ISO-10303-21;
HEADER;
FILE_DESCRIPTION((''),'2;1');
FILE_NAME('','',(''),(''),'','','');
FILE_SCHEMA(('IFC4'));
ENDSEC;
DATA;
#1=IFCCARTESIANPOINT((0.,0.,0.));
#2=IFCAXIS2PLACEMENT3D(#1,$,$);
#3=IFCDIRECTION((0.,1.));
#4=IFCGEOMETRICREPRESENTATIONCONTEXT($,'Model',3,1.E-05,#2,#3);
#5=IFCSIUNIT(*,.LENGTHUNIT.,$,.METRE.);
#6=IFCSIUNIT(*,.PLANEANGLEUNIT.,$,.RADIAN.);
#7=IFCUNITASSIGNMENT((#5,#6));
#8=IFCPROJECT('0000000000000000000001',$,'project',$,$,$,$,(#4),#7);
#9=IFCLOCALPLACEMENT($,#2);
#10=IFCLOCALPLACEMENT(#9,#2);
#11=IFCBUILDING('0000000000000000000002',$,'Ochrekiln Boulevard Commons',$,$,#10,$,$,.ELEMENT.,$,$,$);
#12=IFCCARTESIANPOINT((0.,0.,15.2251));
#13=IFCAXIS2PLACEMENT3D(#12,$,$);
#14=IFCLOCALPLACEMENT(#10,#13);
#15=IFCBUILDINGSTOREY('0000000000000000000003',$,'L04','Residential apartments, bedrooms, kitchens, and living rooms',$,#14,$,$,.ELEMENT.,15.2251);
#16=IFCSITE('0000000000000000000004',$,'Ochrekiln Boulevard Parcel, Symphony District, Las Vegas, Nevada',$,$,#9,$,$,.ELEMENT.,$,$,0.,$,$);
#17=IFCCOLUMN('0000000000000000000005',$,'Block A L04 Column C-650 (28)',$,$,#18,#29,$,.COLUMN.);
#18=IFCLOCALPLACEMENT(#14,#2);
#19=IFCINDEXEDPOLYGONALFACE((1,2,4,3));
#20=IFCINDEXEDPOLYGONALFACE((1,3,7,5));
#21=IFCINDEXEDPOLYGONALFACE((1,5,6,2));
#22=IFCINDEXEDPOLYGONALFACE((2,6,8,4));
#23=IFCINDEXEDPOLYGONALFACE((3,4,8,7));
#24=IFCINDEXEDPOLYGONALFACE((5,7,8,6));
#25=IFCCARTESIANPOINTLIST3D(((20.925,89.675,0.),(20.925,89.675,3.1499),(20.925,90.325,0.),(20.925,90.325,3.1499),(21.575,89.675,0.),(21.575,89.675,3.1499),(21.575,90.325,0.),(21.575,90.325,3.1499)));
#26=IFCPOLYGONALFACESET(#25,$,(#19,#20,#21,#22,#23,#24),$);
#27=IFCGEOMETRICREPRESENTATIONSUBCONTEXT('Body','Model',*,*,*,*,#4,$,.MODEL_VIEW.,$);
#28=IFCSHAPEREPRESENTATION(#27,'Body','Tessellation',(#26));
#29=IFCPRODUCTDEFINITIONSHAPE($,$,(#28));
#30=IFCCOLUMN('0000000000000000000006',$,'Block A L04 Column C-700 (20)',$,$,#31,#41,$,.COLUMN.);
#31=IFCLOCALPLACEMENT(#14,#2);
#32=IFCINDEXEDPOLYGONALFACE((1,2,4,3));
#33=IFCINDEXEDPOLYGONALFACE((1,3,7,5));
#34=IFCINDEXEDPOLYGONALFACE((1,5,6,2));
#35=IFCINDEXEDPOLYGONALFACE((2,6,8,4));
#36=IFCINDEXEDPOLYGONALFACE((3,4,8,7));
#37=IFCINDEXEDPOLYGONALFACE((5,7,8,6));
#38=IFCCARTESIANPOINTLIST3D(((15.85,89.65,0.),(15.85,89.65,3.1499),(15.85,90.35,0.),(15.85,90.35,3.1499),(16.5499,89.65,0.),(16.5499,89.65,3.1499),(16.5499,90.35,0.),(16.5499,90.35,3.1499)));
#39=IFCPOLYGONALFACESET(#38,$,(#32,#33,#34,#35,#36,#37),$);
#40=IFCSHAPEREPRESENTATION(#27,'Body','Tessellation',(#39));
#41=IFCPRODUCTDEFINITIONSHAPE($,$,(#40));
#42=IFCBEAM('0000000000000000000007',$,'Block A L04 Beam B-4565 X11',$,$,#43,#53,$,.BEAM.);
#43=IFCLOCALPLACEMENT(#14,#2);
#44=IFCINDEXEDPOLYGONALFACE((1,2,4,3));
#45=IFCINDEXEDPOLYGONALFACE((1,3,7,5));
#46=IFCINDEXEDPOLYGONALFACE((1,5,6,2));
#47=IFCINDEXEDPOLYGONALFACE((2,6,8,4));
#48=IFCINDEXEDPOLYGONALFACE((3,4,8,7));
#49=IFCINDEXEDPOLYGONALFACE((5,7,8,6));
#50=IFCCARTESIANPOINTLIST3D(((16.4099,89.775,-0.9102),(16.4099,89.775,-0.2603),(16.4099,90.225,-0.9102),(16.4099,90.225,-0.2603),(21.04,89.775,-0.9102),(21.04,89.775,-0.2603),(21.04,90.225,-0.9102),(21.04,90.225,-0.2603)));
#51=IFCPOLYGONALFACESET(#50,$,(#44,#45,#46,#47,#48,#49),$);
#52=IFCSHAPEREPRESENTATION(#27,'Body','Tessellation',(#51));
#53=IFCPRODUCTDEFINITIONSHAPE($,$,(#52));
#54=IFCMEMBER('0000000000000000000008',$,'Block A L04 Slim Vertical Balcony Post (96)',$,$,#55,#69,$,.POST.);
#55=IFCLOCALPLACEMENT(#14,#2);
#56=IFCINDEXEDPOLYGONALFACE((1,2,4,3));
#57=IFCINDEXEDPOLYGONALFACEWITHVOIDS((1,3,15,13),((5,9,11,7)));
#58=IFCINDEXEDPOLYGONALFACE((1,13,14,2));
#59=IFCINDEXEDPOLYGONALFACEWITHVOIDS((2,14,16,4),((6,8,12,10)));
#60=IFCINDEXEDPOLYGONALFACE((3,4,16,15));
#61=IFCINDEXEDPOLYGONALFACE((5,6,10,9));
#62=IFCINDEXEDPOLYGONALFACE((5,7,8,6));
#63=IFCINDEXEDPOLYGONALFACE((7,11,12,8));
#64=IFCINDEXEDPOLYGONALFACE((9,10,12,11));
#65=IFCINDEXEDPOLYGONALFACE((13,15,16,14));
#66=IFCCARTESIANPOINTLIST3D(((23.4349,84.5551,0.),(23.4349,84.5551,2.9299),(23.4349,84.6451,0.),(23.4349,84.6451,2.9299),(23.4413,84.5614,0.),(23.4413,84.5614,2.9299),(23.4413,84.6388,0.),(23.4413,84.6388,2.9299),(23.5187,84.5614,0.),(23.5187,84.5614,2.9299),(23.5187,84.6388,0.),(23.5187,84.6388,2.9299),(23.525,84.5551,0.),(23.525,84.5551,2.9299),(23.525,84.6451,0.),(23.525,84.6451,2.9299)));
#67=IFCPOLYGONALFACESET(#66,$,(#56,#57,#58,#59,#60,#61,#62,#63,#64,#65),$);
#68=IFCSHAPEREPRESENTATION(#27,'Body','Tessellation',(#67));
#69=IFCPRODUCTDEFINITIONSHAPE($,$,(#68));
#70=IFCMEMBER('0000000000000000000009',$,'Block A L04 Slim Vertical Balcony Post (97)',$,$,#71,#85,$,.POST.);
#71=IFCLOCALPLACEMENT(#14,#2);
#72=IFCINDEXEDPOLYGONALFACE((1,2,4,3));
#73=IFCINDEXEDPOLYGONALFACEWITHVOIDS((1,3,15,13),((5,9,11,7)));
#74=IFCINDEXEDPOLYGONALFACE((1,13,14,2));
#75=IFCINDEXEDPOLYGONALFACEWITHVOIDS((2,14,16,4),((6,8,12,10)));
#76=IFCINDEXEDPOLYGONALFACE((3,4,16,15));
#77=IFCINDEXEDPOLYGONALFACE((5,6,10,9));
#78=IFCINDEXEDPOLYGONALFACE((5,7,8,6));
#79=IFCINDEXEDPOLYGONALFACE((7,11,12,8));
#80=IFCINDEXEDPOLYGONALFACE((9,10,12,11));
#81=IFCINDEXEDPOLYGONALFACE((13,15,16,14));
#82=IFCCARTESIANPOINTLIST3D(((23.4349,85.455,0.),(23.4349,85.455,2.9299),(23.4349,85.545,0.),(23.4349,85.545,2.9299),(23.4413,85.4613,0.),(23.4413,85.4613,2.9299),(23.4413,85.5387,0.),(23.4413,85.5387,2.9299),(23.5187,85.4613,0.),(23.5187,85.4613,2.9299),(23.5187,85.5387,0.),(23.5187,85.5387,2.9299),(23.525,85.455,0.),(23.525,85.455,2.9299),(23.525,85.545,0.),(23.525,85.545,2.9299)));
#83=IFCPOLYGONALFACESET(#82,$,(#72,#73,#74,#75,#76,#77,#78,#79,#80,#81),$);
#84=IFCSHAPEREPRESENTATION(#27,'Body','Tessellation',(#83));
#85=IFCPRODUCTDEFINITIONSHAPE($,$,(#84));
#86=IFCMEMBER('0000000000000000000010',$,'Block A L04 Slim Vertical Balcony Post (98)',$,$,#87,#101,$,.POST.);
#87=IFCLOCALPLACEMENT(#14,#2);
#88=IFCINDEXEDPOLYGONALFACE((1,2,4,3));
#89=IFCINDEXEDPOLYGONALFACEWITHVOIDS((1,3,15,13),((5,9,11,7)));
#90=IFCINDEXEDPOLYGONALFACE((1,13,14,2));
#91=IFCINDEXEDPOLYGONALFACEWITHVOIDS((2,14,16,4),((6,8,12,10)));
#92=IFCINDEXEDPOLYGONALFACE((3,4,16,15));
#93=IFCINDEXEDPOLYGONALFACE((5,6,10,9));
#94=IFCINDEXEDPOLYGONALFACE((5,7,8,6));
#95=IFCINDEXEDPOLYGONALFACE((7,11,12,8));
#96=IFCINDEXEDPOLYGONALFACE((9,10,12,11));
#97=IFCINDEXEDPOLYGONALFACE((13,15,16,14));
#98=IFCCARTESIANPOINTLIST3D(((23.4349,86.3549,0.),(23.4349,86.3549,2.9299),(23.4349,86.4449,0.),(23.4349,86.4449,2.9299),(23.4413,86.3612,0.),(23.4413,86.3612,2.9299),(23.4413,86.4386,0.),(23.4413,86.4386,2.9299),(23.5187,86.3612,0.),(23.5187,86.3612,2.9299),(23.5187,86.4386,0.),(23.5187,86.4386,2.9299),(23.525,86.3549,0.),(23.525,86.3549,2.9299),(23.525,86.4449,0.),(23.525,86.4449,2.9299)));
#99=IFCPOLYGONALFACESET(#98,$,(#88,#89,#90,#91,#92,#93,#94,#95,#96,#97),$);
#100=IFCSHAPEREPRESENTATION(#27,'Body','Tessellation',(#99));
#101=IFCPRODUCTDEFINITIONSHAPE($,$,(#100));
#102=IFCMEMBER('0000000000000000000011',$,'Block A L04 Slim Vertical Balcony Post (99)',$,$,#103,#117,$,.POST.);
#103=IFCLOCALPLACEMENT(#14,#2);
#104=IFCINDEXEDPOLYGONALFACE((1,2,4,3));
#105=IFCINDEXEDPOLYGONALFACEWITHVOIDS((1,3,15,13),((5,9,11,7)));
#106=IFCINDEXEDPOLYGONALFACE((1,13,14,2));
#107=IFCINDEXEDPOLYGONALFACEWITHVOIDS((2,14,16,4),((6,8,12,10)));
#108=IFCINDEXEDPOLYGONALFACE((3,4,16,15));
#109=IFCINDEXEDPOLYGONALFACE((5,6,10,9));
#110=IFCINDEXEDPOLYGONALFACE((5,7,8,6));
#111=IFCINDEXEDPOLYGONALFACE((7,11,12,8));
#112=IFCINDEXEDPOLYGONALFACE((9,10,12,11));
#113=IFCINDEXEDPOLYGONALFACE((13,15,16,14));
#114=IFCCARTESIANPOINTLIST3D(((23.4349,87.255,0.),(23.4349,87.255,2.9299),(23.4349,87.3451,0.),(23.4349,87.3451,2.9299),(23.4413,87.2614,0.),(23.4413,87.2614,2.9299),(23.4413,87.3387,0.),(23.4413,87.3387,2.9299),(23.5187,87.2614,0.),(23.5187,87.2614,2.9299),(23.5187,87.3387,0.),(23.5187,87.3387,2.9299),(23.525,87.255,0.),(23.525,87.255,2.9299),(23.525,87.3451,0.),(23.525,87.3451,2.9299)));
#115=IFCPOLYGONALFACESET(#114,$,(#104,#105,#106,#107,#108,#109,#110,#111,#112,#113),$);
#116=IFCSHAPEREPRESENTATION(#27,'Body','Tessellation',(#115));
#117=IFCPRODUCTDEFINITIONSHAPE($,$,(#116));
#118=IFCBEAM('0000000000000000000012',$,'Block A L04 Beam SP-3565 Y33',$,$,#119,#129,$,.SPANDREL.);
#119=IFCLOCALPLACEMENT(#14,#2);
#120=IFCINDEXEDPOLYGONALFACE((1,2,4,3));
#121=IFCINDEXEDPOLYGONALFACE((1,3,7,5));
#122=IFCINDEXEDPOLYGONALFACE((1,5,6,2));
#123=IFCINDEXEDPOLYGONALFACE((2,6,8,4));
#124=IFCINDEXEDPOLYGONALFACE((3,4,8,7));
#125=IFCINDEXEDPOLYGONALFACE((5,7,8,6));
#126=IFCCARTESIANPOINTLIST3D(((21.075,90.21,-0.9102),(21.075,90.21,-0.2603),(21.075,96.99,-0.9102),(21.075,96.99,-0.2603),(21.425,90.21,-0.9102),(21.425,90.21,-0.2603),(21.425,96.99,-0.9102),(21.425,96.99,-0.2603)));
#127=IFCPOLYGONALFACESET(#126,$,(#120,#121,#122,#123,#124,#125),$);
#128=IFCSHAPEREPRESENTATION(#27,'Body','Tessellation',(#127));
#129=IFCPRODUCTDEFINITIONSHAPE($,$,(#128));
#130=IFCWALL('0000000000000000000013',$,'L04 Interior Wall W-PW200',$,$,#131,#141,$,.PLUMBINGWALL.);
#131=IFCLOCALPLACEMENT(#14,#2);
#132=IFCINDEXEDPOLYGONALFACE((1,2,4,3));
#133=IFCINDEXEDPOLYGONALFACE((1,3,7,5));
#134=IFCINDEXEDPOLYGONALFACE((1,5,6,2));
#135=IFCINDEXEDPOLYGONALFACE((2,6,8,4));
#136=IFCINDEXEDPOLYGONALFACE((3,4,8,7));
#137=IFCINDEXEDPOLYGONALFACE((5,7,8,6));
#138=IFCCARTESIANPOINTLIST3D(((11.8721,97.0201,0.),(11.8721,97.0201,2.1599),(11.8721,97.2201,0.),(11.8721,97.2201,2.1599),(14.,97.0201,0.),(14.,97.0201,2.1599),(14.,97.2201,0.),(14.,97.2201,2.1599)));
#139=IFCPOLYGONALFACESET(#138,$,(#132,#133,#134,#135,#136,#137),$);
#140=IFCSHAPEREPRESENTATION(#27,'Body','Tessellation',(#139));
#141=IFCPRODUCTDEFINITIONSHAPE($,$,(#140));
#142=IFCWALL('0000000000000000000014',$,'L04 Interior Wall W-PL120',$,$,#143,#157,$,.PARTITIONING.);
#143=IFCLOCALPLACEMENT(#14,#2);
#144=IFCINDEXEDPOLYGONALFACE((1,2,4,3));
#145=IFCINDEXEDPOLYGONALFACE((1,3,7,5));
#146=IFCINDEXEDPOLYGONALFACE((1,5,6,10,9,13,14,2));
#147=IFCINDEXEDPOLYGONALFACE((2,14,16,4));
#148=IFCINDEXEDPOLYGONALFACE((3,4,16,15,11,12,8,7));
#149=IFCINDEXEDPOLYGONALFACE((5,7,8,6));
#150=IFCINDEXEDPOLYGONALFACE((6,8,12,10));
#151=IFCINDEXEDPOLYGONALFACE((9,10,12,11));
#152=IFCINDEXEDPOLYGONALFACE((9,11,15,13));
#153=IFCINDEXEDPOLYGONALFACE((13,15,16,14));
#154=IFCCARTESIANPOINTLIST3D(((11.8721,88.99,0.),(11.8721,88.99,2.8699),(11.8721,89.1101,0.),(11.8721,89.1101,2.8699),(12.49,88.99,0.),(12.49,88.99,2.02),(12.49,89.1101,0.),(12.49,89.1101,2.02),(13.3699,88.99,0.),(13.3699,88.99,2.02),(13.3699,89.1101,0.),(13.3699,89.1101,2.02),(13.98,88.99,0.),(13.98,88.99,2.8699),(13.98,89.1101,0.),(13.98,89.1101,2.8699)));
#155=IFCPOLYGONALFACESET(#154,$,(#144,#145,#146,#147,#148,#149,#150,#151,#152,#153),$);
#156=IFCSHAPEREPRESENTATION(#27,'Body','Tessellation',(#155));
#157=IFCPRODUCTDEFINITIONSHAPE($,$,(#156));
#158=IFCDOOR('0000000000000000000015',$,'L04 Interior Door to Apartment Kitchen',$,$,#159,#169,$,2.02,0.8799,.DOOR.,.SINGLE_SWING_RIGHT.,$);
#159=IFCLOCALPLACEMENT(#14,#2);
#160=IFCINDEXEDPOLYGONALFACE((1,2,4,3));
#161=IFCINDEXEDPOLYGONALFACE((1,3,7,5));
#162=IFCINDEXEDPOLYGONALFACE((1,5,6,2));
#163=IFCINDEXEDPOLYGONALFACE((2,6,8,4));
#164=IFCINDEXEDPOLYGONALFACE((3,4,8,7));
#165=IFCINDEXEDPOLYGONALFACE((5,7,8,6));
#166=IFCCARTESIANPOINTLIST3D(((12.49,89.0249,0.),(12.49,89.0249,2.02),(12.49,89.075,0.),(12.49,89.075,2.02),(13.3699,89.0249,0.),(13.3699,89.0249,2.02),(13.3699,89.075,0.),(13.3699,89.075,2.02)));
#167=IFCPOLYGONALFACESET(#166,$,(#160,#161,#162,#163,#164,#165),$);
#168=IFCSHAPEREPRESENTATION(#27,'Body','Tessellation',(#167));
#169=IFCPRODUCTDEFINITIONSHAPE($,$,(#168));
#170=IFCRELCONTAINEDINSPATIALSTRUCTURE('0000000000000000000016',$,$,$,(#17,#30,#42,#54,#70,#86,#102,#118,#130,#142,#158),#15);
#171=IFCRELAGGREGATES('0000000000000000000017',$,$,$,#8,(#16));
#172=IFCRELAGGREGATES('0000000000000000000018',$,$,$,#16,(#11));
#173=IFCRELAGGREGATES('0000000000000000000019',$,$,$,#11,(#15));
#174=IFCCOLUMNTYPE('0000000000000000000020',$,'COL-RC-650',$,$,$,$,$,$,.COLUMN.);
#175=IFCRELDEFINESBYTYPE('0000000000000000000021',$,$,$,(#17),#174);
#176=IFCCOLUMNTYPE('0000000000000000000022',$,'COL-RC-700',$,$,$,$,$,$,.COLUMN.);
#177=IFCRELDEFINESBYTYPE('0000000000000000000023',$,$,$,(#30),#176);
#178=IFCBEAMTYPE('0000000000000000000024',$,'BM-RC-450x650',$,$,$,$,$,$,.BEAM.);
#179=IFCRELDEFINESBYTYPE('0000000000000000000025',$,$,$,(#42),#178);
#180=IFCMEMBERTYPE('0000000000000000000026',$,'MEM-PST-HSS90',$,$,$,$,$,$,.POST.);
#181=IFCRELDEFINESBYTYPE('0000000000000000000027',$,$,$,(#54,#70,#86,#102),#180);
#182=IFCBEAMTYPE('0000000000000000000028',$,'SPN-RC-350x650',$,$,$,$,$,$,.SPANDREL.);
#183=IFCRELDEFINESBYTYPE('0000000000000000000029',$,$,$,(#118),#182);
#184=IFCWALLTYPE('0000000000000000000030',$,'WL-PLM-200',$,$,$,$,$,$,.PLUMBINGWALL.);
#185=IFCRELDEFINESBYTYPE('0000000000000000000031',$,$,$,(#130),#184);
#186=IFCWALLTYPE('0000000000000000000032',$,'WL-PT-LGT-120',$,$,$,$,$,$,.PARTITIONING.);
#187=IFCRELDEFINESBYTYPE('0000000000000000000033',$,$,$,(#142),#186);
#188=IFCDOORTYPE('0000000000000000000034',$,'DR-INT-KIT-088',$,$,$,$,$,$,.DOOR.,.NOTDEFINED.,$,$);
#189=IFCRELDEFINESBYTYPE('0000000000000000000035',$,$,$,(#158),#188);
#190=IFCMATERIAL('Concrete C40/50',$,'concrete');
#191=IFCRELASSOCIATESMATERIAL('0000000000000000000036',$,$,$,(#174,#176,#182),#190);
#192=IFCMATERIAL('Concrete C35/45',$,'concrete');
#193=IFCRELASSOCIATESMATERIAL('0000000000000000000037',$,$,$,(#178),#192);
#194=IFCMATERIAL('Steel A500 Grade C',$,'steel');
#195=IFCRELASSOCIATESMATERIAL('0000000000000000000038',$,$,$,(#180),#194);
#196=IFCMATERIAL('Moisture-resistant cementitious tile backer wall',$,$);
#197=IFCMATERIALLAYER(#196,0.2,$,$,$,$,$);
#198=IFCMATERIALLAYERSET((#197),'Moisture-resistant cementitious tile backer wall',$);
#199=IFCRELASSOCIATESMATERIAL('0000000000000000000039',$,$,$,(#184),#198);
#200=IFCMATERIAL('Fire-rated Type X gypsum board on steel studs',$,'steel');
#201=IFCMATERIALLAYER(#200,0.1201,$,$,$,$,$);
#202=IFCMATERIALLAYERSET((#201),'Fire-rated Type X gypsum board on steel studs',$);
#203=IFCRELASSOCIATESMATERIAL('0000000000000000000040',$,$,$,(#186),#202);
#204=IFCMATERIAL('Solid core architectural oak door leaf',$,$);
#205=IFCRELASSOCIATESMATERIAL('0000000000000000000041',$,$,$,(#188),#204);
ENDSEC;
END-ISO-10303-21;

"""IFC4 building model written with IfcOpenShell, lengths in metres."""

from ifc_helpers import new_model, si_unit, direction, frame, frame_2d, origin, origin_2d, place, context, subcontext, project, spatial, rectangle, hollow_rectangle, extrude, material, layer, layer_set, material_profile, profile_set, type_object, element, fill, save


model = new_model("IFC4")

# Units and contexts
model_context = context("Model", 3, precision=1e-05, world=origin(), true_north=direction((0.0, 1.0)))
body_context = subcontext(model_context, "Body", "Model", "MODEL_VIEW")
ifc_project = project(units=[si_unit("LENGTHUNIT", "METRE"), si_unit("PLANEANGLEUNIT", "RADIAN")], contexts=[model_context])

# Site, building, storey
site_placement = place(None, origin())
site = spatial("IfcSite", under=ifc_project, at=site_placement, Name="Ochrekiln Boulevard Parcel, Symphony District, Las Vegas, Nevada", CompositionType="ELEMENT", RefElevation=0.0)
building_placement = place(site_placement, origin())
building = spatial("IfcBuilding", under=site, at=building_placement, Name="Ochrekiln Boulevard Commons", CompositionType="ELEMENT")
storey_placement = place(building_placement, frame((0.0, 0.0, 15.2251)))
storey = spatial("IfcBuildingStorey", under=building, at=storey_placement, Name="L04", Description="Residential apartments, bedrooms, kitchens, and living rooms", CompositionType="ELEMENT", Elevation=15.2251)

# Columns
ifc_material_1 = material(Name="Concrete C40/50", Category="concrete")
ifc_material_profile_1 = material_profile(ifc_material_1, rectangle(XDim=0.6499, YDim=0.6499, at=origin_2d()), Name="RC-COL-650x650")
ifc_profile_set_1 = profile_set([ifc_material_profile_1], Name="Concrete C40/50")
column_type_1 = type_object("IfcColumnType", Name="COL-RC-650", PredefinedType="COLUMN", material=ifc_profile_set_1)
column_1_placement = place(storey_placement, frame((21.25, 90.0, 0.0), z_axis=(0.0, 0.0, 1.0), x_axis=(1.0, 0.0, 0.0)))
element("IfcColumn", 1, at=column_1_placement, inside=storey, type_object=column_type_1, Name="Block A L04 Column C-650 (28)", PredefinedType="COLUMN", context=body_context, shape_type="SweptSolid", body=[
    extrude(rectangle(XDim=0.6499, YDim=0.6499, at=origin_2d()), origin(), (0.0, 0.0, 1.0), 3.1499),
])
ifc_material_profile_2 = material_profile(ifc_material_1, rectangle(XDim=0.7, YDim=0.7, at=origin_2d()), Name="RC-COL-700x700")
ifc_profile_set_2 = profile_set([ifc_material_profile_2], Name="Concrete C40/50")
column_type_2 = type_object("IfcColumnType", Name="COL-RC-700", PredefinedType="COLUMN", material=ifc_profile_set_2)
column_2_placement = place(storey_placement, frame((16.2, 90.0, 0.0), z_axis=(0.0, 0.0, 1.0), x_axis=(1.0, 0.0, 0.0)))
element("IfcColumn", 2, at=column_2_placement, inside=storey, type_object=column_type_2, Name="Block A L04 Column C-700 (20)", PredefinedType="COLUMN", context=body_context, shape_type="SweptSolid", body=[
    extrude(rectangle(XDim=0.7, YDim=0.7, at=origin_2d()), origin(), (0.0, 0.0, 1.0), 3.1499),
])

# Beam
ifc_material_2 = material(Name="Concrete C35/45", Category="concrete")
ifc_material_profile_3 = material_profile(ifc_material_2, rectangle(XDim=0.45, YDim=0.6499, at=origin_2d()), Name="RC-BM-450x650")
ifc_profile_set_3 = profile_set([ifc_material_profile_3], Name="Concrete C35/45")
beam_type_1 = type_object("IfcBeamType", Name="BM-RC-450x650", PredefinedType="BEAM", material=ifc_profile_set_3)
beam_1_placement = place(storey_placement, frame((16.4099, 90.0, -0.5852), z_axis=(1.0, 0.0, 0.0), x_axis=(0.0, 1.0, 0.0)))
element("IfcBeam", 3, at=beam_1_placement, inside=storey, type_object=beam_type_1, Name="Block A L04 Beam B-4565 X11", PredefinedType="BEAM", context=body_context, shape_type="SweptSolid", body=[
    extrude(rectangle(XDim=0.45, YDim=0.6499, at=origin_2d()), origin(), (0.0, 0.0, 1.0), 4.6301),
])

# Members
ifc_material_3 = material(Name="Steel A500 Grade C", Category="steel")
ifc_material_profile_4 = material_profile(ifc_material_3, hollow_rectangle(XDim=0.0901, YDim=0.0901, WallThickness=0.0063, at=origin_2d()), Name="HSS90X90X6.4")
ifc_profile_set_4 = profile_set([ifc_material_profile_4], Name="Steel A500 Grade C")
member_type = type_object("IfcMemberType", Name="MEM-PST-HSS90", PredefinedType="POST", material=ifc_profile_set_4)
for number, where, z_axis, x_axis, name in (
    (4, (23.48, 84.6001, 0.0), (0.0, 0.0, 1.0), (1.0, 0.0, 0.0), "Block A L04 Slim Vertical Balcony Post (96)"),
    (5, (23.48, 85.5, 0.0), (0.0, 0.0, 1.0), (1.0, 0.0, 0.0), "Block A L04 Slim Vertical Balcony Post (97)"),
    (6, (23.48, 86.3999, 0.0), (0.0, 0.0, 1.0), (1.0, 0.0, 0.0), "Block A L04 Slim Vertical Balcony Post (98)"),
    (7, (23.48, 87.3, 0.0), (0.0, 0.0, 1.0), (1.0, 0.0, 0.0), "Block A L04 Slim Vertical Balcony Post (99)"),
):
    element("IfcMember", number, at=place(storey_placement, frame(where, z_axis=z_axis, x_axis=x_axis)), inside=storey, type_object=member_type, Name=name, PredefinedType="POST", context=body_context, shape_type="SweptSolid", body=[
        extrude(hollow_rectangle(XDim=0.0901, YDim=0.0901, WallThickness=0.0063, at=origin_2d()), origin(), (0.0, 0.0, 1.0), 2.9299),
    ])

# Beam
ifc_material_profile_5 = material_profile(ifc_material_1, rectangle(XDim=0.3501, YDim=0.6499, at=origin_2d()), Name="RC-SPN-350x650")
ifc_profile_set_5 = profile_set([ifc_material_profile_5], Name="Concrete C40/50")
beam_type_2 = type_object("IfcBeamType", Name="SPN-RC-350x650", PredefinedType="SPANDREL", material=ifc_profile_set_5)
beam_2_placement = place(storey_placement, frame((21.25, 90.21, -0.5852), z_axis=(0.0, 1.0, 0.0), x_axis=(-1.0, 0.0, 0.0)))
element("IfcBeam", 8, at=beam_2_placement, inside=storey, type_object=beam_type_2, Name="Block A L04 Beam SP-3565 Y33", PredefinedType="SPANDREL", context=body_context, shape_type="SweptSolid", body=[
    extrude(rectangle(XDim=0.3501, YDim=0.6499, at=origin_2d()), origin(), (0.0, 0.0, 1.0), 6.78),
])

# Wall
ifc_material_4 = material(Name="Moisture-resistant cementitious tile backer wall")
ifc_layer_1 = layer(ifc_material_4, 0.2)
ifc_layer_set_1 = layer_set([ifc_layer_1], Name="Moisture-resistant cementitious tile backer wall")
wall_type_1 = type_object("IfcWallType", Name="WL-PLM-200", PredefinedType="PLUMBINGWALL", material=ifc_layer_set_1)
wall_1_placement = place(storey_placement, frame((11.8721, 97.1201, 0.0), z_axis=(0.0, 0.0, 1.0), x_axis=(1.0, 0.0, 0.0)))
element("IfcWall", 9, at=wall_1_placement, inside=storey, type_object=wall_type_1, Name="L04 Interior Wall W-PW200", PredefinedType="PLUMBINGWALL", context=body_context, shape_type="SweptSolid", body=[
    extrude(rectangle(XDim=2.1279, YDim=0.2, at=frame_2d((1.064, 0.0))), origin(), (0.0, 0.0, 1.0), 2.1599),
])

# Wall, opening, door
ifc_material_5 = material(Name="Fire-rated Type X gypsum board on steel studs", Category="steel")
ifc_layer_2 = layer(ifc_material_5, 0.1201)
ifc_layer_set_2 = layer_set([ifc_layer_2], Name="Fire-rated Type X gypsum board on steel studs")
wall_type_2 = type_object("IfcWallType", Name="WL-PT-LGT-120", PredefinedType="PARTITIONING", material=ifc_layer_set_2)
wall_2_placement = place(storey_placement, frame((11.8721, 89.05, 0.0), z_axis=(0.0, 0.0, 1.0), x_axis=(1.0, 0.0, 0.0)))
wall_2 = element("IfcWall", 10, at=wall_2_placement, inside=storey, type_object=wall_type_2, Name="L04 Interior Wall W-PL120", PredefinedType="PARTITIONING", context=body_context, shape_type="SweptSolid", body=[
    extrude(rectangle(XDim=2.1079, YDim=0.1201, at=frame_2d((1.054, 0.0))), origin(), (0.0, 0.0, 1.0), 2.8699),
])
opening_1_placement = place(wall_2_placement, frame((0.6179, 0.0, 0.0)))
opening_1 = element("IfcOpeningElement", 11, at=opening_1_placement, cuts=wall_2, PredefinedType="OPENING", context=body_context, shape_type="SweptSolid", body=[
    extrude(rectangle(XDim=0.8799, YDim=2.02, at=frame_2d((0.4399, 1.01))), frame((0.0, 0.0701, 0.0), z_axis=(0.0, -1.0, 0.0), x_axis=(1.0, 0.0, 0.0)), (0.0, 0.0, 1.0), 0.1401),
])
ifc_material_6 = material(Name="Solid core architectural oak door leaf")
door_type_1 = type_object("IfcDoorType", Name="DR-INT-KIT-088", OperationType="NOTDEFINED", PredefinedType="DOOR", material=ifc_material_6)
door_1_placement = place(opening_1_placement, origin())
door_1 = element("IfcDoor", 12, at=door_1_placement, inside=storey, type_object=door_type_1, Name="L04 Interior Door to Apartment Kitchen", OperationType="SINGLE_SWING_RIGHT", OverallHeight=2.02, OverallWidth=0.8799, PredefinedType="DOOR", context=body_context, shape_type="SweptSolid", body=[
    extrude(rectangle(XDim=0.8799, YDim=2.02, at=frame_2d((0.4399, 1.01))), frame((0.0, 0.0249, 0.0), z_axis=(0.0, -1.0, 0.0), x_axis=(1.0, 0.0, 0.0)), (0.0, 0.0, 1.0), 0.05),
])
fill(opening_1, door_1)

save(model, "model.ifc")
